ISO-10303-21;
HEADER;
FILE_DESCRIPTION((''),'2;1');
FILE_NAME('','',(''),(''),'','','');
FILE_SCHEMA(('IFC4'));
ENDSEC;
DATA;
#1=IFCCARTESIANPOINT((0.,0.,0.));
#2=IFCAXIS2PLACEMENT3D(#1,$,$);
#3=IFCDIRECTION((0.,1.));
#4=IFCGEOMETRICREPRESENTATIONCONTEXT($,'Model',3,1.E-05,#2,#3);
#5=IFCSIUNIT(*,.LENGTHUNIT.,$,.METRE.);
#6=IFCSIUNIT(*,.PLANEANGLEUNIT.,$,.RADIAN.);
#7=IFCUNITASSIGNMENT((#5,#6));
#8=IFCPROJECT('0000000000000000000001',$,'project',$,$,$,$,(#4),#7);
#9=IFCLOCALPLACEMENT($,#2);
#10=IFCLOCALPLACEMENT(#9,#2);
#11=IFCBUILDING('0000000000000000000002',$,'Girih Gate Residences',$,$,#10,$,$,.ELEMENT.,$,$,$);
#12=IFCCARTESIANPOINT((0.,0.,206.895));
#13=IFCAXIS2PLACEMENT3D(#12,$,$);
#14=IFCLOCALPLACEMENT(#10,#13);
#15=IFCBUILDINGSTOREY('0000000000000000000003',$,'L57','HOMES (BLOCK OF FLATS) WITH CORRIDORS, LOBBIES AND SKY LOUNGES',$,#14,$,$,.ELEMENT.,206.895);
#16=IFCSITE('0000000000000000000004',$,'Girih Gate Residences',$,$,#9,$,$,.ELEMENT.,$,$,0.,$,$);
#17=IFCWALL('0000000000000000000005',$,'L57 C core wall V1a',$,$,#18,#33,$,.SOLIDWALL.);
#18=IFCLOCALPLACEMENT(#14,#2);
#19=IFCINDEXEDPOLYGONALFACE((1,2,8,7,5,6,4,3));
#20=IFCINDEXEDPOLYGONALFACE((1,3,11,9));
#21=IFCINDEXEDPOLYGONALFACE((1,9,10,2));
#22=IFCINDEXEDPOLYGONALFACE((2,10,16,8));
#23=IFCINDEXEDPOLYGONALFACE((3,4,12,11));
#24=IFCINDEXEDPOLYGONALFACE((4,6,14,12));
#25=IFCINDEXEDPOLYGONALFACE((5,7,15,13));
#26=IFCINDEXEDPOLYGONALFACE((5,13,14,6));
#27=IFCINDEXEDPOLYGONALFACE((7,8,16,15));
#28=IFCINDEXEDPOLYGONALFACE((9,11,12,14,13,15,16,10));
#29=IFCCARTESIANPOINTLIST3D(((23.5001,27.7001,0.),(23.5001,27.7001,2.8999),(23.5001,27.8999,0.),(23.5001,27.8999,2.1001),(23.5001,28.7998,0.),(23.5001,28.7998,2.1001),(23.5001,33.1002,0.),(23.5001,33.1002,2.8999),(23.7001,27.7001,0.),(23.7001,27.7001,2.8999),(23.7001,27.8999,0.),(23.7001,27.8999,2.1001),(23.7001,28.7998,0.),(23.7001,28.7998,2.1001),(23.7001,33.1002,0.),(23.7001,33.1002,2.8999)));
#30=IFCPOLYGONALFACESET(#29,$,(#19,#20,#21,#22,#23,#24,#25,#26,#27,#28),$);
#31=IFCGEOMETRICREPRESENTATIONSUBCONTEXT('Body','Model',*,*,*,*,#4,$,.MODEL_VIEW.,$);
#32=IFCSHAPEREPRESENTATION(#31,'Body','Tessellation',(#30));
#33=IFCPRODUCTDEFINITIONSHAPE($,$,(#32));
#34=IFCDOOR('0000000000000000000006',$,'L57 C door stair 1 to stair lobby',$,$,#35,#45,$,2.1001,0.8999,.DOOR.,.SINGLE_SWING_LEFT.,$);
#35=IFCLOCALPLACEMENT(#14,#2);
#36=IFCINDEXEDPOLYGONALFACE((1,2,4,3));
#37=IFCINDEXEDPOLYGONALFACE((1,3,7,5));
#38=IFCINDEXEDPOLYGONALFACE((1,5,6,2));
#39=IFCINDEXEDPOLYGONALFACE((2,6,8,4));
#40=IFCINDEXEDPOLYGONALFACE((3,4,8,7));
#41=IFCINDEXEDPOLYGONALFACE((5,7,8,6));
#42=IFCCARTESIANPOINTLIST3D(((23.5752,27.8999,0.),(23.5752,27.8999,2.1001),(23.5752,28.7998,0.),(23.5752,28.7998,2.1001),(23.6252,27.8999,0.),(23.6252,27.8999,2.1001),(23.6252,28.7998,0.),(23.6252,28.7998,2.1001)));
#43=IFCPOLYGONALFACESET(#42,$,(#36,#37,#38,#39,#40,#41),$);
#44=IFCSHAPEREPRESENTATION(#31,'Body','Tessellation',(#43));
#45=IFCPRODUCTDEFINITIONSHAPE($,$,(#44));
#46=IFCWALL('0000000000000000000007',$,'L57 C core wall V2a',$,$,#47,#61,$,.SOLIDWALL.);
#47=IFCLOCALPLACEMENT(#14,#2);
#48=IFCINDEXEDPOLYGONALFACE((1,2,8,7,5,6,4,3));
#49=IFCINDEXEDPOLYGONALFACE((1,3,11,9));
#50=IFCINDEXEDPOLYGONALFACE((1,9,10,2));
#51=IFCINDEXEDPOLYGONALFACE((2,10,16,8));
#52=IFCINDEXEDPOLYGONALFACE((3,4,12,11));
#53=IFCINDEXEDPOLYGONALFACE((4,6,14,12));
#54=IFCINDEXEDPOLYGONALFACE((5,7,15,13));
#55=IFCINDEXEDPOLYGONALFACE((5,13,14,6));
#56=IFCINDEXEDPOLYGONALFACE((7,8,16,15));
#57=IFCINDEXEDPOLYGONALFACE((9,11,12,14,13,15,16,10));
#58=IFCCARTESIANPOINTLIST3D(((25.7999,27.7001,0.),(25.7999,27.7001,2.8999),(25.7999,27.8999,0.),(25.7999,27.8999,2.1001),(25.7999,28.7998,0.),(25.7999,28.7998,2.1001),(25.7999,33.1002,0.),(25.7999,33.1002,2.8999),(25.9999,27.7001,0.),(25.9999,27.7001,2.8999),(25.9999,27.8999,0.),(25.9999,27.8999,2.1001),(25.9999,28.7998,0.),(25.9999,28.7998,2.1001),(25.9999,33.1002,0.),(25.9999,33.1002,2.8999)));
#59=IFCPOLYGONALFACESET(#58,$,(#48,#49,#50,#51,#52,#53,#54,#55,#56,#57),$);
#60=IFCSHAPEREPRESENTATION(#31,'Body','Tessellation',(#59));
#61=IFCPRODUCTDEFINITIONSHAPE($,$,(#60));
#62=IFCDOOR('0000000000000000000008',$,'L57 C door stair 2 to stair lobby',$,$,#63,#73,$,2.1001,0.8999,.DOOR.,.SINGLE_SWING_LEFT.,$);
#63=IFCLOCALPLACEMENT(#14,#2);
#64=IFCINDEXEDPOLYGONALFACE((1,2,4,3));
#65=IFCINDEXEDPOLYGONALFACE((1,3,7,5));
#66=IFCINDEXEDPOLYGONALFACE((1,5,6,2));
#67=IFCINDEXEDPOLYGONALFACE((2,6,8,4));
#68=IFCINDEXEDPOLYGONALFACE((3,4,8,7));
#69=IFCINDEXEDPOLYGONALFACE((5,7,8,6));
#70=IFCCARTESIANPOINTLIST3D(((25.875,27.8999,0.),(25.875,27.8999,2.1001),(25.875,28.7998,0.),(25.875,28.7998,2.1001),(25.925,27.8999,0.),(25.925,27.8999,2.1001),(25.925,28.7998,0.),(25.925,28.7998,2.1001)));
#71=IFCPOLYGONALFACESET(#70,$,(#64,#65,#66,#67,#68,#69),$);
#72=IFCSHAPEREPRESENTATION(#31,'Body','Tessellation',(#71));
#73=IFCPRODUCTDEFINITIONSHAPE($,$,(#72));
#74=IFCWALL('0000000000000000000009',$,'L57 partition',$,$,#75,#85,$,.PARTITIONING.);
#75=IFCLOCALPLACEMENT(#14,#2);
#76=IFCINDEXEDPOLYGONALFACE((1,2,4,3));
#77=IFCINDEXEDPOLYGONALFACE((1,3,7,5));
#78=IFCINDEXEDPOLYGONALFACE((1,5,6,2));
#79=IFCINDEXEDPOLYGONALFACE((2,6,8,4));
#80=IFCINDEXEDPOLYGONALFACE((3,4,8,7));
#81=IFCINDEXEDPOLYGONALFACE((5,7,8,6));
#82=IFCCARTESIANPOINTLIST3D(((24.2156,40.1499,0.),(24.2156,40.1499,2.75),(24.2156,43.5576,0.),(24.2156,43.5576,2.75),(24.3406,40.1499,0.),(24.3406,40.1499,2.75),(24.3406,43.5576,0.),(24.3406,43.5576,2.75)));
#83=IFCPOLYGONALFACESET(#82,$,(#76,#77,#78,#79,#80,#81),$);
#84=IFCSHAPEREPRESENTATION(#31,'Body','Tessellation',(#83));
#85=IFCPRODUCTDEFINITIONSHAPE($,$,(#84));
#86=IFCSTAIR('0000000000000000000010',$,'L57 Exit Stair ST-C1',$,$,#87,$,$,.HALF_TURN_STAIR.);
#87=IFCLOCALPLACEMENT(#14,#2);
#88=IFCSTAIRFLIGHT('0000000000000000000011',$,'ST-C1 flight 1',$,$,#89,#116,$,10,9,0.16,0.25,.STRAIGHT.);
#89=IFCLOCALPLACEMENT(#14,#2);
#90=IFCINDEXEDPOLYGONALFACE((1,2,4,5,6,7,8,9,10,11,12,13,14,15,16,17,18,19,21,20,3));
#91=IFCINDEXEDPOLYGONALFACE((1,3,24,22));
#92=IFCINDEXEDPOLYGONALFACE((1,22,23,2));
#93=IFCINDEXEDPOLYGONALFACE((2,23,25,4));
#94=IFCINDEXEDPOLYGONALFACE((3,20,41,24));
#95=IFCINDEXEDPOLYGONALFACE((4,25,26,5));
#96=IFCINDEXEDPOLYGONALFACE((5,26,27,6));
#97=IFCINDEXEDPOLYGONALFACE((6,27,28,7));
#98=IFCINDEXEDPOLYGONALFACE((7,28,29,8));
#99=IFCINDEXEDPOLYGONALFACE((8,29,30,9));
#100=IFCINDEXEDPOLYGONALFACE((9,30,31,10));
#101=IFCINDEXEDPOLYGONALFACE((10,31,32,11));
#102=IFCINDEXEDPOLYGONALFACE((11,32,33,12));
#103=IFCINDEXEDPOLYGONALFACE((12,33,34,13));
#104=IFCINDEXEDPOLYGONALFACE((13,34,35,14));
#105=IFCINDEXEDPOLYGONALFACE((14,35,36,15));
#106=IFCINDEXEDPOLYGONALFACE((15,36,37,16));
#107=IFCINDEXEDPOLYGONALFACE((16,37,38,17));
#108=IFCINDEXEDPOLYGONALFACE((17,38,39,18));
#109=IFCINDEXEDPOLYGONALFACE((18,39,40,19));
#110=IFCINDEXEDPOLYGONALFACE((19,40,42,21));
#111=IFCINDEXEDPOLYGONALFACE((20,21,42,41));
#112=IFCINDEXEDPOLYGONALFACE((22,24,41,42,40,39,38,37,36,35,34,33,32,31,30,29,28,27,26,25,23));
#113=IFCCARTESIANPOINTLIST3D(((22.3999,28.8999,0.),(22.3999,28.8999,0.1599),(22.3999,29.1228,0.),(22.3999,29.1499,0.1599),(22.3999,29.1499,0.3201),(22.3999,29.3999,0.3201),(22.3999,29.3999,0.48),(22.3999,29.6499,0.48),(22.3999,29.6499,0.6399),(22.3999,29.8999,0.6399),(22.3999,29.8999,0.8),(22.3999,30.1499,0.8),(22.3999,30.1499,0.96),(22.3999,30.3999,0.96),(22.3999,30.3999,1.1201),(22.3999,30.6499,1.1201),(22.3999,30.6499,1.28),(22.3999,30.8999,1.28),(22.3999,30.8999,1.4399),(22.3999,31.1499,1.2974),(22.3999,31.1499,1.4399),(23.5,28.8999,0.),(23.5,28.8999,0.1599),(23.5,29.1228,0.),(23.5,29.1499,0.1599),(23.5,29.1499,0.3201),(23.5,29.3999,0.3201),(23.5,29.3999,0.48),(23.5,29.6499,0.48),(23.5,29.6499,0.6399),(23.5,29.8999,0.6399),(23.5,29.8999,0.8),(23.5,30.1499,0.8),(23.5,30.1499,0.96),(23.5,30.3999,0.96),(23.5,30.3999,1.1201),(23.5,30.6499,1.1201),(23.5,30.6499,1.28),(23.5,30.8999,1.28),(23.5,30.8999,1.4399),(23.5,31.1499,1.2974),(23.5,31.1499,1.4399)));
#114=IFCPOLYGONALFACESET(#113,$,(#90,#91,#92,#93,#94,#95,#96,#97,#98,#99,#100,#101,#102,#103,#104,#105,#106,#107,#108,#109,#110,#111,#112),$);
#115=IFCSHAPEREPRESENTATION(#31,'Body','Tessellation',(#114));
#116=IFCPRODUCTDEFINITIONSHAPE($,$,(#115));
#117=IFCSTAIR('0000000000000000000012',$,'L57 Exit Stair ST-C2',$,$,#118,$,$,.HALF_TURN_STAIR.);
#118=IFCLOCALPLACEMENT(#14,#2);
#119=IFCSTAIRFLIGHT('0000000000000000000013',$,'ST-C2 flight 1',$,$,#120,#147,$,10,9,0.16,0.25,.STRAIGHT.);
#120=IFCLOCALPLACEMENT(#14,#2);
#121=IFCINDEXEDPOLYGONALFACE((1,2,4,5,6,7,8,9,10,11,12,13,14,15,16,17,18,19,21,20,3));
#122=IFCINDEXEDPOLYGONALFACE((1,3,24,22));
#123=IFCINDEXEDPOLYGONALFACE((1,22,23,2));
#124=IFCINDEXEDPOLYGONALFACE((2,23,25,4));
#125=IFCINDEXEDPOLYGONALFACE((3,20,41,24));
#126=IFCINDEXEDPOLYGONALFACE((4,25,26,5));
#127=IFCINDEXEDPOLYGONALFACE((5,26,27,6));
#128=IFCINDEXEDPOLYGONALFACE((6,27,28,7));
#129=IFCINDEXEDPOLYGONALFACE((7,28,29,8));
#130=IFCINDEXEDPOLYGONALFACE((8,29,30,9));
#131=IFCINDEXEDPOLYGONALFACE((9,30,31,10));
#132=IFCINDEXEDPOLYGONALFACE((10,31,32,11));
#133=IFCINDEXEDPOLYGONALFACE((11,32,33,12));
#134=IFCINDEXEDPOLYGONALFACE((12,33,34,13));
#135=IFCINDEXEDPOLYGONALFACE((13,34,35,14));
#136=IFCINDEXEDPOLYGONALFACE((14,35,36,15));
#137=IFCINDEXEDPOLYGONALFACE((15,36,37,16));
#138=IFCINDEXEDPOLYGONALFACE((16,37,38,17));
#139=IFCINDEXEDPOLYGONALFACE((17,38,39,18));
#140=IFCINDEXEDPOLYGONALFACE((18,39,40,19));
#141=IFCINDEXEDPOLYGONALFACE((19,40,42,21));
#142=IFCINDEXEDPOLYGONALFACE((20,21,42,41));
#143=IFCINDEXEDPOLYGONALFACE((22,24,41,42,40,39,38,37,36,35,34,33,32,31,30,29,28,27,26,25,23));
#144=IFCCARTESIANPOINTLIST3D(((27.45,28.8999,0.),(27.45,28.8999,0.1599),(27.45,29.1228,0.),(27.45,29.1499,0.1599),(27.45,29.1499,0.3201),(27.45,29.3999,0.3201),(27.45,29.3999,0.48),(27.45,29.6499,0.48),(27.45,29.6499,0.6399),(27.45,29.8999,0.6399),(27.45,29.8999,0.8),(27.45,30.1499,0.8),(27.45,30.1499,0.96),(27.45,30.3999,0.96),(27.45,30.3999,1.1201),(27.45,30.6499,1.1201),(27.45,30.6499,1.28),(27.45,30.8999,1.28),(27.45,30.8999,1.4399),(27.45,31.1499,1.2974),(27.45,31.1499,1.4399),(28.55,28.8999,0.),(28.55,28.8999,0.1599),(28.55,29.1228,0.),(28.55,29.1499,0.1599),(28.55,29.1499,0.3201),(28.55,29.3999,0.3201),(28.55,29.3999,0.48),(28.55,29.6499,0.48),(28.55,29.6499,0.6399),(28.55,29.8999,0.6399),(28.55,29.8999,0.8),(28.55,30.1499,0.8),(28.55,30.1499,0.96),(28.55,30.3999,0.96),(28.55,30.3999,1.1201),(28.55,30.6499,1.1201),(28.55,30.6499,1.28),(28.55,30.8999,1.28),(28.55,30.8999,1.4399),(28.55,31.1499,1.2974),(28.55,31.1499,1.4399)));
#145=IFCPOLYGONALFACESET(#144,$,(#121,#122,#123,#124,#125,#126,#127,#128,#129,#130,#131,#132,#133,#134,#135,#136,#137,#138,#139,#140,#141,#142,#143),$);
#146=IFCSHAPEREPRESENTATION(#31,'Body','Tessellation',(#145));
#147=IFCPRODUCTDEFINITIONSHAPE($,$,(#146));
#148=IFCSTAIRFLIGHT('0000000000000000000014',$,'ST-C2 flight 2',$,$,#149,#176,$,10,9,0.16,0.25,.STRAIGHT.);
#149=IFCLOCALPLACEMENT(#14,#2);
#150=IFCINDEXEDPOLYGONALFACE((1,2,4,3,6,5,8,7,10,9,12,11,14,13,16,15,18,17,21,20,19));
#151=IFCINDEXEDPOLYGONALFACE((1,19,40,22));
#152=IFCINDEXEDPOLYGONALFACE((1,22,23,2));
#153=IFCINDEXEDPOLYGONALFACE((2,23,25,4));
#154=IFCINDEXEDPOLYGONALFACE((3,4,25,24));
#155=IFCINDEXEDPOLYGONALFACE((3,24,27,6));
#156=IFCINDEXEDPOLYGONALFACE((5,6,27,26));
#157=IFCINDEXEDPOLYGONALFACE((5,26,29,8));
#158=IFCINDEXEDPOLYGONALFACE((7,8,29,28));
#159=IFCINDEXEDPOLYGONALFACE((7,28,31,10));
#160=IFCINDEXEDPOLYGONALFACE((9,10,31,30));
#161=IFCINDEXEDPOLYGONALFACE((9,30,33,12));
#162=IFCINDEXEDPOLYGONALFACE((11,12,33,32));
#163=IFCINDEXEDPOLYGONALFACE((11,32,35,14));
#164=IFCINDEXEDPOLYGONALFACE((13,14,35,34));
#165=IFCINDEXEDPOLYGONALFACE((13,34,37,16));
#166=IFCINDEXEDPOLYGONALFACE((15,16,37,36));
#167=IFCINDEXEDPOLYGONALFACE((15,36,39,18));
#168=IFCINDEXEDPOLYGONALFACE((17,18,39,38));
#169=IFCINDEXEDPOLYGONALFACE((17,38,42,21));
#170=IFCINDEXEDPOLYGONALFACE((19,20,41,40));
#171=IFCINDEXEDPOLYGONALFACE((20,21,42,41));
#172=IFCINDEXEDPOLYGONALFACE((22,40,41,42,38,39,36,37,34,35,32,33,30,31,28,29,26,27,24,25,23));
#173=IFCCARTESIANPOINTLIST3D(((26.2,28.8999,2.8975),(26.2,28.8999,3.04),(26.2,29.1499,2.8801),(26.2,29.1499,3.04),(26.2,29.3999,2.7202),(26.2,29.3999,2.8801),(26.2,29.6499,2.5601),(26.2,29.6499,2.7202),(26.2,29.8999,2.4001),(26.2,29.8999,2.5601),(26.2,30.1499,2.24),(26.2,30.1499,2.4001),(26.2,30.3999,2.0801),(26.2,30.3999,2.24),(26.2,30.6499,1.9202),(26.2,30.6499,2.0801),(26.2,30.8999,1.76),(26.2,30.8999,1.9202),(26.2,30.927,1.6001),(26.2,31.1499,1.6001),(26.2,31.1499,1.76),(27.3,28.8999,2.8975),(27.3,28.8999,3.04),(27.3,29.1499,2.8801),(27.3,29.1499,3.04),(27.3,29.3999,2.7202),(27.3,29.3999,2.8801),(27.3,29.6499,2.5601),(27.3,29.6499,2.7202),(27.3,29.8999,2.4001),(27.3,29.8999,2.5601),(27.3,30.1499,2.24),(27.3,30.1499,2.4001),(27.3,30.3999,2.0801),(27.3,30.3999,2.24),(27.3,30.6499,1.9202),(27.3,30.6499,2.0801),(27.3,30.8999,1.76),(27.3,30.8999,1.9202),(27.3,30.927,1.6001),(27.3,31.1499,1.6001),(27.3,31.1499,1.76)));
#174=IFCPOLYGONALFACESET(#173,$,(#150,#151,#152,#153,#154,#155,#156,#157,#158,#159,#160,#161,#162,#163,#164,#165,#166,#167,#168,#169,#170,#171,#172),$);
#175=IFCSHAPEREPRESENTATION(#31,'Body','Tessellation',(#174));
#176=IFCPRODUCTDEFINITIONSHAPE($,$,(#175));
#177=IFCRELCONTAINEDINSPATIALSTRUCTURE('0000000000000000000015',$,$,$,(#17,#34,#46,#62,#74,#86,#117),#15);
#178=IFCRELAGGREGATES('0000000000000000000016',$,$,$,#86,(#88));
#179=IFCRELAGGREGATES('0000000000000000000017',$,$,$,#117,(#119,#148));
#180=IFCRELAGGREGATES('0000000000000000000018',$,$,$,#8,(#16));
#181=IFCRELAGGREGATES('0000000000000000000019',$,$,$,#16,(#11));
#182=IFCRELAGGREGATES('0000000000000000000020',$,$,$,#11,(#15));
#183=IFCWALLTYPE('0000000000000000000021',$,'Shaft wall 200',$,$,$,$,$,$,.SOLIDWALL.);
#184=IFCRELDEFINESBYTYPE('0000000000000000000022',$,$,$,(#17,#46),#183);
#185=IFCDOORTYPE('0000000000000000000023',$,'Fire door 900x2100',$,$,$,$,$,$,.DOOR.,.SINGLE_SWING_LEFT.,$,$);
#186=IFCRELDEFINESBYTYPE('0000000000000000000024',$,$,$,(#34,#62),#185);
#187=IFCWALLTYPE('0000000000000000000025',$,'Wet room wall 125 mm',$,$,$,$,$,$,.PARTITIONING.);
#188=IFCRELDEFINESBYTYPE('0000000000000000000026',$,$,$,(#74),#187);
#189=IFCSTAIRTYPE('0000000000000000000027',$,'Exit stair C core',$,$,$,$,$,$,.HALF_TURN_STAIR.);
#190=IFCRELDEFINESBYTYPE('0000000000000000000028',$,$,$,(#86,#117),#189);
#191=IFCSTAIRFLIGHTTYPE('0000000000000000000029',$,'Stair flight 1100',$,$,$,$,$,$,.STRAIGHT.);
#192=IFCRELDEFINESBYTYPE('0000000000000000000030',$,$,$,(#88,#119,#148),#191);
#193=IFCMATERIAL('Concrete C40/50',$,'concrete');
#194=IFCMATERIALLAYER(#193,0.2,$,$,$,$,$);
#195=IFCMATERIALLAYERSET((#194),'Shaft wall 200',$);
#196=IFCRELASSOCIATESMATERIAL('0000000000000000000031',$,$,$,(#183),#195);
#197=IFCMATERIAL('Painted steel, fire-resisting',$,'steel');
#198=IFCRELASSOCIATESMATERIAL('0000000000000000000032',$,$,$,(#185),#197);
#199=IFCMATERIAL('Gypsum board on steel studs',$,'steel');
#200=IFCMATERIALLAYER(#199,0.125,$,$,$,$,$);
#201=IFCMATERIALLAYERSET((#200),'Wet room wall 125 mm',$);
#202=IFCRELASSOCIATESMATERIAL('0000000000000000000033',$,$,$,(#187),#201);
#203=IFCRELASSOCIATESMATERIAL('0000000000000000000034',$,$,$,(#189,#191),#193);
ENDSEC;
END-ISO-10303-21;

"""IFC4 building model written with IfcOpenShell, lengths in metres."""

from ifc_helpers import new_model, si_unit, direction, frame, frame_2d, origin, place, context, subcontext, project, spatial, polyline, rectangle, outline, extrude, material, layer, layer_set, type_object, element, fill, aggregate, save


model = new_model("IFC4")

# Units and contexts
model_context = context("Model", 3, precision=1e-05, world=origin(), true_north=direction((0.0, 1.0)))
body_context = subcontext(model_context, "Body", "Model", "MODEL_VIEW")
ifc_project = project(units=[si_unit("LENGTHUNIT", "METRE"), si_unit("PLANEANGLEUNIT", "RADIAN")], contexts=[model_context])

# Site, building, storey
site_placement = place(None, origin())
site = spatial("IfcSite", under=ifc_project, at=site_placement, Name="Girih Gate Residences", CompositionType="ELEMENT", RefElevation=0.0)
building_placement = place(site_placement, origin())
building = spatial("IfcBuilding", under=site, at=building_placement, Name="Girih Gate Residences", CompositionType="ELEMENT")
storey_placement = place(building_placement, frame((0.0, 0.0, 206.895)))
storey = spatial("IfcBuildingStorey", under=building, at=storey_placement, Name="L57", Description="HOMES (BLOCK OF FLATS) WITH CORRIDORS, LOBBIES AND SKY LOUNGES", CompositionType="ELEMENT", Elevation=206.895)

# Shared definitions
ifc_material_1 = material(Name="Concrete C40/50", Category="concrete")

# Walls, openings, doors
ifc_layer_1 = layer(ifc_material_1, 0.2)
ifc_layer_set_1 = layer_set([ifc_layer_1], Name="Shaft wall 200")
wall_type_1 = type_object("IfcWallType", Name="Shaft wall 200", PredefinedType="SOLIDWALL", material=ifc_layer_set_1)
wall_1_placement = place(storey_placement, frame((23.6001, 27.7, 0.0), z_axis=(0.0, 0.0, 1.0), x_axis=(0.0, 1.0, 0.0)))
wall_1 = element("IfcWall", 1, at=wall_1_placement, inside=storey, type_object=wall_type_1, Name="L57 C core wall V1a", PredefinedType="SOLIDWALL", context=body_context, shape_type="SweptSolid", body=[
    extrude(rectangle(XDim=5.4001, YDim=0.2, at=frame_2d((2.7002, 0.0))), origin(), (0.0, 0.0, 1.0), 2.8999),
])
opening_1_placement = place(wall_1_placement, frame((0.2, 0.0, 0.0)))
opening_1 = element("IfcOpeningElement", 2, at=opening_1_placement, cuts=wall_1, PredefinedType="OPENING", context=body_context, shape_type="SweptSolid", body=[
    extrude(rectangle(XDim=0.8999, YDim=2.1001, at=frame_2d((0.45, 1.05))), frame((0.0, 0.1099, 0.0), z_axis=(0.0, -1.0, 0.0), x_axis=(1.0, 0.0, 0.0)), (0.0, 0.0, 1.0), 0.22),
])
ifc_material_2 = material(Name="Painted steel, fire-resisting", Category="steel")
door_type = type_object("IfcDoorType", Name="Fire door 900x2100", OperationType="SINGLE_SWING_LEFT", PredefinedType="DOOR", material=ifc_material_2)
door_1_placement = place(opening_1_placement, origin())
door_1 = element("IfcDoor", 3, at=door_1_placement, inside=storey, type_object=door_type, Name="L57 C door stair 1 to stair lobby", OperationType="SINGLE_SWING_LEFT", OverallHeight=2.1001, OverallWidth=0.8999, PredefinedType="DOOR", context=body_context, shape_type="SweptSolid", body=[
    extrude(rectangle(XDim=0.8999, YDim=2.1001, at=frame_2d((0.45, 1.05))), frame((0.0, 0.0249, 0.0), z_axis=(0.0, -1.0, 0.0), x_axis=(1.0, 0.0, 0.0)), (0.0, 0.0, 1.0), 0.05),
])
fill(opening_1, door_1)
wall_2_placement = place(storey_placement, frame((25.8999, 27.7, 0.0), z_axis=(0.0, 0.0, 1.0), x_axis=(0.0, 1.0, 0.0)))
wall_2 = element("IfcWall", 4, at=wall_2_placement, inside=storey, type_object=wall_type_1, Name="L57 C core wall V2a", PredefinedType="SOLIDWALL", context=body_context, shape_type="SweptSolid", body=[
    extrude(rectangle(XDim=5.4001, YDim=0.2, at=frame_2d((2.7002, 0.0))), origin(), (0.0, 0.0, 1.0), 2.8999),
])
opening_2_placement = place(wall_2_placement, frame((0.2, 0.0, 0.0)))
opening_2 = element("IfcOpeningElement", 5, at=opening_2_placement, cuts=wall_2, PredefinedType="OPENING", context=body_context, shape_type="SweptSolid", body=[
    extrude(rectangle(XDim=0.8999, YDim=2.1001, at=frame_2d((0.45, 1.05))), frame((0.0, 0.1099, 0.0), z_axis=(0.0, -1.0, 0.0), x_axis=(1.0, 0.0, 0.0)), (0.0, 0.0, 1.0), 0.22),
])
door_2_placement = place(opening_2_placement, origin())
door_2 = element("IfcDoor", 6, at=door_2_placement, inside=storey, type_object=door_type, Name="L57 C door stair 2 to stair lobby", OperationType="SINGLE_SWING_LEFT", OverallHeight=2.1001, OverallWidth=0.8999, PredefinedType="DOOR", context=body_context, shape_type="SweptSolid", body=[
    extrude(rectangle(XDim=0.8999, YDim=2.1001, at=frame_2d((0.45, 1.05))), frame((0.0, 0.0249, 0.0), z_axis=(0.0, -1.0, 0.0), x_axis=(1.0, 0.0, 0.0)), (0.0, 0.0, 1.0), 0.05),
])
fill(opening_2, door_2)

# Wall
ifc_material_3 = material(Name="Gypsum board on steel studs", Category="steel")
ifc_layer_2 = layer(ifc_material_3, 0.125)
ifc_layer_set_2 = layer_set([ifc_layer_2], Name="Wet room wall 125 mm")
wall_type_2 = type_object("IfcWallType", Name="Wet room wall 125 mm", PredefinedType="PARTITIONING", material=ifc_layer_set_2)
wall_3_placement = place(storey_placement, frame((24.2781, 40.1499, 0.0), z_axis=(0.0, 0.0, 1.0), x_axis=(0.0, 1.0, 0.0)))
element("IfcWall", 7, at=wall_3_placement, inside=storey, type_object=wall_type_2, Name="L57 partition", PredefinedType="PARTITIONING", context=body_context, shape_type="SweptSolid", body=[
    extrude(rectangle(XDim=3.4077, YDim=0.125, at=frame_2d((1.7039, 0.0))), origin(), (0.0, 0.0, 1.0), 2.75),
])

# Stair, stair flight
stair_type = type_object("IfcStairType", Name="Exit stair C core", PredefinedType="HALF_TURN_STAIR", material=ifc_material_1)
stair_1_placement = place(storey_placement, origin())
stair_1 = element("IfcStair", 8, at=stair_1_placement, inside=storey, type_object=stair_type, Name="L57 Exit Stair ST-C1", PredefinedType="HALF_TURN_STAIR")
stair_flight_type = type_object("IfcStairFlightType", Name="Stair flight 1100", PredefinedType="STRAIGHT", material=ifc_material_1)
stair_flight_1_placement = place(storey_placement, frame((22.95, 28.8999, 0.0), z_axis=(0.0, 0.0, 1.0), x_axis=(0.0, 1.0, 0.0)))
stair_flight_1 = element("IfcStairFlight", 9, at=stair_flight_1_placement, type_object=stair_flight_type, Name="ST-C1 flight 1", NumberOfRisers=10, NumberOfTreads=9, PredefinedType="STRAIGHT", RiserHeight=0.16, TreadLength=0.25, context=body_context, shape_type="SweptSolid", body=[
    extrude(outline(polyline([(0.0, 0.0), (0.0, 0.1599), (0.25, 0.1599), (0.25, 0.3201), (0.5, 0.3201), (0.5, 0.48), (0.75, 0.48), (0.75, 0.6399), (1.0, 0.6399), (1.0, 0.8), (1.25, 0.8), (1.25, 0.96), (1.5, 0.96), (1.5, 1.1201), (1.75, 1.1201), (1.75, 1.28), (2.0, 1.28), (2.0, 1.4399), (2.25, 1.4399), (2.25, 1.6001), (2.25, 1.2974), (0.2229, 0.0), (0.0, 0.0)])), frame((0.0, 0.55, 0.0), z_axis=(0.0, -1.0, 0.0), x_axis=(1.0, 0.0, 0.0)), (0.0, 0.0, 1.0), 1.1001),
])
aggregate(stair_1, [stair_flight_1])

# Stair, stair flights
stair_2_placement = place(storey_placement, origin())
stair_2 = element("IfcStair", 10, at=stair_2_placement, inside=storey, type_object=stair_type, Name="L57 Exit Stair ST-C2", PredefinedType="HALF_TURN_STAIR")
stair_flight_2_placement = place(storey_placement, frame((28.0, 28.8999, 0.0), z_axis=(0.0, 0.0, 1.0), x_axis=(0.0, 1.0, 0.0)))
stair_flight_2 = element("IfcStairFlight", 11, at=stair_flight_2_placement, type_object=stair_flight_type, Name="ST-C2 flight 1", NumberOfRisers=10, NumberOfTreads=9, PredefinedType="STRAIGHT", RiserHeight=0.16, TreadLength=0.25, context=body_context, shape_type="SweptSolid", body=[
    extrude(outline(polyline([(0.0, 0.0), (0.0, 0.1599), (0.25, 0.1599), (0.25, 0.3201), (0.5, 0.3201), (0.5, 0.48), (0.75, 0.48), (0.75, 0.6399), (1.0, 0.6399), (1.0, 0.8), (1.25, 0.8), (1.25, 0.96), (1.5, 0.96), (1.5, 1.1201), (1.75, 1.1201), (1.75, 1.28), (2.0, 1.28), (2.0, 1.4399), (2.25, 1.4399), (2.25, 1.6001), (2.25, 1.2974), (0.2229, 0.0), (0.0, 0.0)])), frame((0.0, 0.55, 0.0), z_axis=(0.0, -1.0, 0.0), x_axis=(1.0, 0.0, 0.0)), (0.0, 0.0, 1.0), 1.1001),
])
stair_flight_3_placement = place(storey_placement, frame((26.75, 31.1499, 1.6001), z_axis=(0.0, 0.0, 1.0), x_axis=(0.0, -1.0, 0.0)))
stair_flight_3 = element("IfcStairFlight", 12, at=stair_flight_3_placement, type_object=stair_flight_type, Name="ST-C2 flight 2", NumberOfRisers=10, NumberOfTreads=9, PredefinedType="STRAIGHT", RiserHeight=0.16, TreadLength=0.25, context=body_context, shape_type="SweptSolid", body=[
    extrude(outline(polyline([(0.0, 0.0), (0.0, 0.1599), (0.25, 0.1599), (0.25, 0.3201), (0.5, 0.3201), (0.5, 0.48), (0.75, 0.48), (0.75, 0.6399), (1.0, 0.6399), (1.0, 0.8), (1.25, 0.8), (1.25, 0.96), (1.5, 0.96), (1.5, 1.1201), (1.75, 1.1201), (1.75, 1.28), (2.0, 1.28), (2.0, 1.4399), (2.25, 1.4399), (2.25, 1.6001), (2.25, 1.2974), (0.2229, 0.0), (0.0, 0.0)])), frame((0.0, 0.55, 0.0), z_axis=(0.0, -1.0, 0.0), x_axis=(1.0, 0.0, 0.0)), (0.0, 0.0, 1.0), 1.1001),
])
aggregate(stair_2, [stair_flight_2, stair_flight_3])

save(model, "model.ifc")
